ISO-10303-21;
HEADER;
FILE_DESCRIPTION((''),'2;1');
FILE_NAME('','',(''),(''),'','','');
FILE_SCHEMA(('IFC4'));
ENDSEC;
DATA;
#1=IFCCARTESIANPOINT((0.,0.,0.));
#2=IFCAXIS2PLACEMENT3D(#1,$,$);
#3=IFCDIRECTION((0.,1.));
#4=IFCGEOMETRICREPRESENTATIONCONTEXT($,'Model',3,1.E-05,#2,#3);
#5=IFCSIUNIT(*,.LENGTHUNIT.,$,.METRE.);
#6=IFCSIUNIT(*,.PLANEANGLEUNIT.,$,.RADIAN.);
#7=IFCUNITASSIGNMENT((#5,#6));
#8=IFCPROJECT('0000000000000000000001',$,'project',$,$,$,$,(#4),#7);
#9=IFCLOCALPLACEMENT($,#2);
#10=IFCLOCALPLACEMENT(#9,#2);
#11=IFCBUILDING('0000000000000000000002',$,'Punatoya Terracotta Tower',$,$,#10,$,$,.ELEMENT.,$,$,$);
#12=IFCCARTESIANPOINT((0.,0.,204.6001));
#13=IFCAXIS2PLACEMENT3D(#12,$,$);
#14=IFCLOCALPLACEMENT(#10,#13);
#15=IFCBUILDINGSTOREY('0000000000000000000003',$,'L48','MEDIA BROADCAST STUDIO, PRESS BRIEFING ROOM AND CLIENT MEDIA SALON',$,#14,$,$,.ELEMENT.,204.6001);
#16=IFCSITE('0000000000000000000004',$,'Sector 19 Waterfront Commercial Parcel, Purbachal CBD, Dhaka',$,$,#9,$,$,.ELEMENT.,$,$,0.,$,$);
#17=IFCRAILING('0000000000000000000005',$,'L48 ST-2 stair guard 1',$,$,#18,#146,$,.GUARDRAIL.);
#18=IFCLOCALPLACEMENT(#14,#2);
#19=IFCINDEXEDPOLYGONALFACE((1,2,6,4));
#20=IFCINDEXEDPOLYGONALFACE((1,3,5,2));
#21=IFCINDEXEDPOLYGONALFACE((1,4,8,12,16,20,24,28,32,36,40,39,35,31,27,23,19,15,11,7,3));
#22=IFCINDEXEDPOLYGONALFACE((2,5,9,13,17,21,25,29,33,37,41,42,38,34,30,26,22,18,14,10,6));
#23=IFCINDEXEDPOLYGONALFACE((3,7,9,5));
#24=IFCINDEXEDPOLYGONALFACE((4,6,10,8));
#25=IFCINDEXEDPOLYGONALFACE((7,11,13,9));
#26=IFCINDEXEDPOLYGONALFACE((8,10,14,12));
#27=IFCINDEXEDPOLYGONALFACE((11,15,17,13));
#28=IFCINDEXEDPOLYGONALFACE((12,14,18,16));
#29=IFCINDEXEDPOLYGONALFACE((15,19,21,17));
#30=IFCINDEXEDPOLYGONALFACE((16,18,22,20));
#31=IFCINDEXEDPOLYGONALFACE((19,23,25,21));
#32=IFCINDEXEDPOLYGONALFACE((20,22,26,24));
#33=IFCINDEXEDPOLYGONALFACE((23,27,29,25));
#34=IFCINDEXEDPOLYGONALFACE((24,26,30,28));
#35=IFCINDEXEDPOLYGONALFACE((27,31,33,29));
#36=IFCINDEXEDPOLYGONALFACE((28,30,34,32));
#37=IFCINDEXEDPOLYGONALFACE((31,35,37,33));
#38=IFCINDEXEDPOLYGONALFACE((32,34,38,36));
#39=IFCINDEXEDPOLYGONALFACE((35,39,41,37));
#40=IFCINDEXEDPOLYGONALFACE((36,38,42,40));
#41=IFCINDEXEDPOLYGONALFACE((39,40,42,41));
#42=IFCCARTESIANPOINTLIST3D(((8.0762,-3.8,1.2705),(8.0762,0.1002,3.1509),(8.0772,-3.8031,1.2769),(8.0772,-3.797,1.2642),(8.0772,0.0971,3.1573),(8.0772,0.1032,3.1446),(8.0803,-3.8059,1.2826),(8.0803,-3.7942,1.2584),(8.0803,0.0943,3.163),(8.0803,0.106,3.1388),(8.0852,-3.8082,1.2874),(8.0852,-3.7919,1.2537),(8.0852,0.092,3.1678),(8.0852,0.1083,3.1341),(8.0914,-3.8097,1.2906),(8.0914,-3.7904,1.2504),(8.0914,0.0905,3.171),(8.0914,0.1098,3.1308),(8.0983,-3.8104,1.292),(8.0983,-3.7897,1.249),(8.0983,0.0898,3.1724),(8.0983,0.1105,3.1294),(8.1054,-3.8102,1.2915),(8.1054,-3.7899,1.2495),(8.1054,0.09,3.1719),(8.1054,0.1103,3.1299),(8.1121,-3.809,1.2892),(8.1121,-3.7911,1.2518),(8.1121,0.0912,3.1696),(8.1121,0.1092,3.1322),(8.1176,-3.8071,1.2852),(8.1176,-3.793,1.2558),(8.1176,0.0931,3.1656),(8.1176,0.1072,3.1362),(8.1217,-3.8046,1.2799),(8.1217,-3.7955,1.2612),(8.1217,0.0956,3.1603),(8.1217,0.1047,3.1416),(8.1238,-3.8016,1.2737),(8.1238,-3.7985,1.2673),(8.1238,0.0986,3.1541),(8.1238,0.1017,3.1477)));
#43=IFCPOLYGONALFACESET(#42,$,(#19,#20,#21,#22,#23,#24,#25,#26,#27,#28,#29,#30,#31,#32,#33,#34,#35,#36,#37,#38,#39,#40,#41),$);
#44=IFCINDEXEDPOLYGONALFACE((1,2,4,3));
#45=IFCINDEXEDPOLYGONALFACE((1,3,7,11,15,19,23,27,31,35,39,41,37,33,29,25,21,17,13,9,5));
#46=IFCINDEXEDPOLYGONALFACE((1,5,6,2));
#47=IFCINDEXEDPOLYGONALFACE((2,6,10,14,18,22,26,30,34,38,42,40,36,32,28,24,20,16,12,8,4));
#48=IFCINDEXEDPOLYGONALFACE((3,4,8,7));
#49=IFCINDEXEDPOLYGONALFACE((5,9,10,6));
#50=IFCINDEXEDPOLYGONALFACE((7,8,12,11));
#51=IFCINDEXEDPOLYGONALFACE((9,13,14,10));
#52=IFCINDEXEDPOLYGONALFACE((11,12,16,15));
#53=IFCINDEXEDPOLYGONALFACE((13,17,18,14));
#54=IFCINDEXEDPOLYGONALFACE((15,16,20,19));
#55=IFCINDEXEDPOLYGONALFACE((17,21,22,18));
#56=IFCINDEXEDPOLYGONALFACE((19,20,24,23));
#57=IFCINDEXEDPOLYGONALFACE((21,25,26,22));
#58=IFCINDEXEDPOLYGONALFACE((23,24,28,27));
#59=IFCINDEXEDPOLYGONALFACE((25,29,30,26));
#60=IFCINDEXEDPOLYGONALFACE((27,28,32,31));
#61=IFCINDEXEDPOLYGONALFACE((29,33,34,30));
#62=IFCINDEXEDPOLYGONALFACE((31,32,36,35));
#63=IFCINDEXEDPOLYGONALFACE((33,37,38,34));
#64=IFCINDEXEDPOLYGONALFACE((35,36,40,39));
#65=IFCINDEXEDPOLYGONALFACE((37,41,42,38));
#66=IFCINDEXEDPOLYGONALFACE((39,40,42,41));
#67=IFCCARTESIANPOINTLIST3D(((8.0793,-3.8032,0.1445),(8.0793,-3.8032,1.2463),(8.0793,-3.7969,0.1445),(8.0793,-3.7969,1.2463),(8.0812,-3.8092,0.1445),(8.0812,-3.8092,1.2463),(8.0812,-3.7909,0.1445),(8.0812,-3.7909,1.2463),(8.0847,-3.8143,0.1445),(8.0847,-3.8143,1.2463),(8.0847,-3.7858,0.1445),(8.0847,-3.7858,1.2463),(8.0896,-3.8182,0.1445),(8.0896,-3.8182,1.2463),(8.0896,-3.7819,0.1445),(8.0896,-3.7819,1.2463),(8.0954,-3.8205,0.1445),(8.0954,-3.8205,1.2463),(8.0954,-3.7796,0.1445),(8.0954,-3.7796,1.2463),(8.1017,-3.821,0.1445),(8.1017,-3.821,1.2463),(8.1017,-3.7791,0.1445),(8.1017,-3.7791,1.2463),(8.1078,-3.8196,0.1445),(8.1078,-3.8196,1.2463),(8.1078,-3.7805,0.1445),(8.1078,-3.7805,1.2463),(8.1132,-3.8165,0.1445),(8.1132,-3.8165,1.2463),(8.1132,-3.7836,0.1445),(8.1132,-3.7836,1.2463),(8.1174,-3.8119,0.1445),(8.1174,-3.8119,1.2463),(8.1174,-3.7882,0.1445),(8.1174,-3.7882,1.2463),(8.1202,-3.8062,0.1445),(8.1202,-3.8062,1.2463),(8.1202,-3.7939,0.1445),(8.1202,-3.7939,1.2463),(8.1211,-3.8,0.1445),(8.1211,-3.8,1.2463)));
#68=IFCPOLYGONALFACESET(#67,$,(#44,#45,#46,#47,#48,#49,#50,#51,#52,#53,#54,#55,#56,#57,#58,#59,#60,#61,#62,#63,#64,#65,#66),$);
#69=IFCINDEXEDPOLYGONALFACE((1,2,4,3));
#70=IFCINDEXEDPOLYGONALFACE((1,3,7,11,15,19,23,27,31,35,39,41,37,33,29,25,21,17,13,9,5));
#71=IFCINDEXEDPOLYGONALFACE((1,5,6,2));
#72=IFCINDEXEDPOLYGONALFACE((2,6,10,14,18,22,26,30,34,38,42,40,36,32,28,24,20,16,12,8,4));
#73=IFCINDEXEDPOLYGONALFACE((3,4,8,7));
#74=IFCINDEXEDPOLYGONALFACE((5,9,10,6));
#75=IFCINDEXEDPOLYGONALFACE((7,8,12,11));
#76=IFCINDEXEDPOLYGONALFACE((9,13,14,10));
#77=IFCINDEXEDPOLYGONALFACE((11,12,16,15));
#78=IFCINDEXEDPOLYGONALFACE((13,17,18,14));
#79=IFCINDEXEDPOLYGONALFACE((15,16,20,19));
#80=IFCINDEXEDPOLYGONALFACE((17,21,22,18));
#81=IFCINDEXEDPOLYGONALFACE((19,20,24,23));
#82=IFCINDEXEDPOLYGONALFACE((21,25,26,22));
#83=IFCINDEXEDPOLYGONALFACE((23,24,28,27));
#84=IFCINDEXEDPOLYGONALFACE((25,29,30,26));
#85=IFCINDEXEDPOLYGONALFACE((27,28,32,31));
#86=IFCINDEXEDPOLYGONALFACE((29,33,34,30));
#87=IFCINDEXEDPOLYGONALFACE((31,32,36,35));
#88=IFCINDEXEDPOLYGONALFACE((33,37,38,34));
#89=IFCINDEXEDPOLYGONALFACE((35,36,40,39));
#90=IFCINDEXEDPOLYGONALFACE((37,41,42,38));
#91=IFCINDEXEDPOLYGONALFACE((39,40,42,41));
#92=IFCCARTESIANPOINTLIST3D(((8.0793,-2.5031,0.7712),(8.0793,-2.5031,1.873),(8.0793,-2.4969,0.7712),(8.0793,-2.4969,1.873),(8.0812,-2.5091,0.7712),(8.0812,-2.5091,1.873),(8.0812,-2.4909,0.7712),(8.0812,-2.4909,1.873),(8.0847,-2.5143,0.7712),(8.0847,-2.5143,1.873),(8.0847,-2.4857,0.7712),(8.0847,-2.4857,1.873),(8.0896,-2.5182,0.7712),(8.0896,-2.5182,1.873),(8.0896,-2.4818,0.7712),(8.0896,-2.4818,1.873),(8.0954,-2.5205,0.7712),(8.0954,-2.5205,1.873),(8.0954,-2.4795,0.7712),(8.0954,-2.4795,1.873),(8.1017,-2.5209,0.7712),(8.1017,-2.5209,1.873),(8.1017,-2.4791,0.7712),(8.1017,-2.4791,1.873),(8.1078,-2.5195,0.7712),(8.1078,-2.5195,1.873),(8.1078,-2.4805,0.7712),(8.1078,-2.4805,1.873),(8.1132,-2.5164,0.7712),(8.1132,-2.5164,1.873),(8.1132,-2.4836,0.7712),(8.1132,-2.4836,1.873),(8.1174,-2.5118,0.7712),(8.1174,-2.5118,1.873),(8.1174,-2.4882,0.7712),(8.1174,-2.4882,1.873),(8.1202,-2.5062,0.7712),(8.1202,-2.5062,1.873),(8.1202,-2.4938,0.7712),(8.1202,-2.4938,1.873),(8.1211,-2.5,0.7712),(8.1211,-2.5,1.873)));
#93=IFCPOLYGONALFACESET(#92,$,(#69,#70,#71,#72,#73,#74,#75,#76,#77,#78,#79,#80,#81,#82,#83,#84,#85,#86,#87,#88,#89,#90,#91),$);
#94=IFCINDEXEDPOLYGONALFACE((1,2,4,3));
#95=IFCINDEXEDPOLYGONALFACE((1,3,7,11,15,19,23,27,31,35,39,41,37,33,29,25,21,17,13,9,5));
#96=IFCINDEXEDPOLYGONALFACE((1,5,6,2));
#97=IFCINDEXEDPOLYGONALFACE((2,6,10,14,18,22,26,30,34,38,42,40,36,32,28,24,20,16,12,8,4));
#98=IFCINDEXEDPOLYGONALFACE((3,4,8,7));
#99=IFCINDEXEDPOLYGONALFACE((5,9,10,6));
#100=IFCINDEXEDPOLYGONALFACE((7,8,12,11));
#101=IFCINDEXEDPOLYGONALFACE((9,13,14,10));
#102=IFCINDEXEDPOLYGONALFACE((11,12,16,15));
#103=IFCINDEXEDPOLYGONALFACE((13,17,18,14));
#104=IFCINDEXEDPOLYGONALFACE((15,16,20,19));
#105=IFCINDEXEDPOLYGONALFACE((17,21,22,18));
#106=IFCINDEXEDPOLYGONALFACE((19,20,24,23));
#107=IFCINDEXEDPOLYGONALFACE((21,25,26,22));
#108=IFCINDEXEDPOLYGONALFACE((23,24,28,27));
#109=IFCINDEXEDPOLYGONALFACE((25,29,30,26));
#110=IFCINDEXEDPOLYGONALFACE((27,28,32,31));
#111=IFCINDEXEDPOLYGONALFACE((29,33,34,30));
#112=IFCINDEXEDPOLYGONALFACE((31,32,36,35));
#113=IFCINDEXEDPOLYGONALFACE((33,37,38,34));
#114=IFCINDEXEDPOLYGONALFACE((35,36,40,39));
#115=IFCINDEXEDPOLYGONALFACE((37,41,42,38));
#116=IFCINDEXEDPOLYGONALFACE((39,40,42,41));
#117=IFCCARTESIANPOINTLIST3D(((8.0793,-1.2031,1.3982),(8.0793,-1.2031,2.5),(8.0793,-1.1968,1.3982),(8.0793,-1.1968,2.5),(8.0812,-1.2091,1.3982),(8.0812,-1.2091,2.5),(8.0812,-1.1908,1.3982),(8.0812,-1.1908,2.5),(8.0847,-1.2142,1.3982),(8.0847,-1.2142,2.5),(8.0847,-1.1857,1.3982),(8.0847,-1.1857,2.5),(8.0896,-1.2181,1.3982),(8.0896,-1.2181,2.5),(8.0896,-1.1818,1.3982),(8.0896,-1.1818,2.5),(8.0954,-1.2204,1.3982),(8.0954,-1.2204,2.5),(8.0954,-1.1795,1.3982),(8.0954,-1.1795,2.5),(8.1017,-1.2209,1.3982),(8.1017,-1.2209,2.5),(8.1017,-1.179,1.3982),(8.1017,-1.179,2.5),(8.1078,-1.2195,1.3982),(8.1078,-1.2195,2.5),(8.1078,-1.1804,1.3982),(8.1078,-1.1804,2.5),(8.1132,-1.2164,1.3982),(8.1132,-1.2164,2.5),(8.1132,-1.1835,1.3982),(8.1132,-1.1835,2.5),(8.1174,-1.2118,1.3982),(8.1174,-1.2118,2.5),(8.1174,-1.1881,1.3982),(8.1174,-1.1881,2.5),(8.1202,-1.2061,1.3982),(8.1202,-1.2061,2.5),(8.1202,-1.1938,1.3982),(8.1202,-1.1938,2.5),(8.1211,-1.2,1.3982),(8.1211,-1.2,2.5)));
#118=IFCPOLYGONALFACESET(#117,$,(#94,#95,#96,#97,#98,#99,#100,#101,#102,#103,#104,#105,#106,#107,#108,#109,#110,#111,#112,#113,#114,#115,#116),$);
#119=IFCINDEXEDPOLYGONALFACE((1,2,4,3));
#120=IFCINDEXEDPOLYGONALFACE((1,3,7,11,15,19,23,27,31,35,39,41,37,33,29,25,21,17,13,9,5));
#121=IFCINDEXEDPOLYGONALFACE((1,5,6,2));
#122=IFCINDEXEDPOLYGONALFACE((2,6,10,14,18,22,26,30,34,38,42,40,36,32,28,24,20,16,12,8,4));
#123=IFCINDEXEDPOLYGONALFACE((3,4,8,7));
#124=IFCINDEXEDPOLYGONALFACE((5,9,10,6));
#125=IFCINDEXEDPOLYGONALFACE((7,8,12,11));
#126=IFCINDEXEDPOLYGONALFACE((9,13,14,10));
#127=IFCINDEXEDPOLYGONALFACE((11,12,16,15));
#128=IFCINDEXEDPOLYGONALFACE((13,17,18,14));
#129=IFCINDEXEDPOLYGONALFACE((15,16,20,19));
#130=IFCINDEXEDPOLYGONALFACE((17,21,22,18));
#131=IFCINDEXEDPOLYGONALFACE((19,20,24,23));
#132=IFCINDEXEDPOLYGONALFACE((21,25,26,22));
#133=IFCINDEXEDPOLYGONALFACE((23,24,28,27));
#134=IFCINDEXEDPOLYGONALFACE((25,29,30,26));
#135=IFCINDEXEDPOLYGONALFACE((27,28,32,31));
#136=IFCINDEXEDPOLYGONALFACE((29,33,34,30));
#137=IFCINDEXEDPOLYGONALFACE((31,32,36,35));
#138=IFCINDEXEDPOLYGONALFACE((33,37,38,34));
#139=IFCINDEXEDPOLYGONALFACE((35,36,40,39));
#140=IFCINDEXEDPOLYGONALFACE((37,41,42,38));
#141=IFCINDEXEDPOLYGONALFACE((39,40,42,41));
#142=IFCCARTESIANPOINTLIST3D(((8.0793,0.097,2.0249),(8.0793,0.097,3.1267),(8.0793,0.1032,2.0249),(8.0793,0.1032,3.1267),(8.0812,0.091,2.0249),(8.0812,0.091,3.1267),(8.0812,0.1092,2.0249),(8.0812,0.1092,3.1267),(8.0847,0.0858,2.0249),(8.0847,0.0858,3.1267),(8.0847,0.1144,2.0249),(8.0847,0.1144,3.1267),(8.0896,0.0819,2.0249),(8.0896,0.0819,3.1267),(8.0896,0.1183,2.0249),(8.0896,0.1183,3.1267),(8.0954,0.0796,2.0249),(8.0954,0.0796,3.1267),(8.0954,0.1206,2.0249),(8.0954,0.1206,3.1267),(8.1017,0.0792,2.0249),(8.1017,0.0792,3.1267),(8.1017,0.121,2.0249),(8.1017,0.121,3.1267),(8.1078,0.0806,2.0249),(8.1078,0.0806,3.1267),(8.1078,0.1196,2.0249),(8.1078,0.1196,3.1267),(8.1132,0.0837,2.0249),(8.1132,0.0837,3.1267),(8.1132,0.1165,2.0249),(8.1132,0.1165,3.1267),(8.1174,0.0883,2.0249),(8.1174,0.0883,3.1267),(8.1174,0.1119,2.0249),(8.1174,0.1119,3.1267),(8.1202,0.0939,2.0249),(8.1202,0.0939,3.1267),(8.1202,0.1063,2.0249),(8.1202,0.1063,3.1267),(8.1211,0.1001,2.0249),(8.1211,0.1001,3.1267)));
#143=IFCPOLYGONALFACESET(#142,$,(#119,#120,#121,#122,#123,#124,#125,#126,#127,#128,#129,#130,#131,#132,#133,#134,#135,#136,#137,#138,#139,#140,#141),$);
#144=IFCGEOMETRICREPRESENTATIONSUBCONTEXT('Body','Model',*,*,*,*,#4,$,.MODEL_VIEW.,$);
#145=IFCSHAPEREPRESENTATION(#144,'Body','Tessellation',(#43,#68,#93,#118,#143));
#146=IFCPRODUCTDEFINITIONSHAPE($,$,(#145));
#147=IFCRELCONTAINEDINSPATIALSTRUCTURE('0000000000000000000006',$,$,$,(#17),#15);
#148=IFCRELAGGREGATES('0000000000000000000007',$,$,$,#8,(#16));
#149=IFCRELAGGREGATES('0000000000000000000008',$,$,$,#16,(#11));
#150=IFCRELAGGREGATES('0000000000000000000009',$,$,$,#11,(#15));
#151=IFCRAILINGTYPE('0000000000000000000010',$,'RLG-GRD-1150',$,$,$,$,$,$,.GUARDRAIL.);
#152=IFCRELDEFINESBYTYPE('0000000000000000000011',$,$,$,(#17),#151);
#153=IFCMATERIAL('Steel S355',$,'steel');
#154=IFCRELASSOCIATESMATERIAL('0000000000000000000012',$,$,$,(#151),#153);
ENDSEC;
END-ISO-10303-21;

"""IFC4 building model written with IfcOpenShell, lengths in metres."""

from ifc_helpers import new_model, si_unit, direction, frame, origin, origin_2d, place, context, subcontext, project, spatial, circle, extrude, material, type_object, element, save


model = new_model("IFC4")

# Units and contexts
model_context = context("Model", 3, precision=1e-05, world=origin(), true_north=direction((0.0, 1.0)))
body_context = subcontext(model_context, "Body", "Model", "MODEL_VIEW")
ifc_project = project(units=[si_unit("LENGTHUNIT", "METRE"), si_unit("PLANEANGLEUNIT", "RADIAN")], contexts=[model_context])

# Site, building, storey
site_placement = place(None, origin())
site = spatial("IfcSite", under=ifc_project, at=site_placement, Name="Sector 19 Waterfront Commercial Parcel, Purbachal CBD, Dhaka", CompositionType="ELEMENT", RefElevation=0.0)
building_placement = place(site_placement, origin())
building = spatial("IfcBuilding", under=site, at=building_placement, Name="Punatoya Terracotta Tower", CompositionType="ELEMENT")
storey_placement = place(building_placement, frame((0.0, 0.0, 204.6001)))
storey = spatial("IfcBuildingStorey", under=building, at=storey_placement, Name="L48", Description="MEDIA BROADCAST STUDIO, PRESS BRIEFING ROOM AND CLIENT MEDIA SALON", CompositionType="ELEMENT", Elevation=204.6001)

# Railing
ifc_material_1 = material(Name="Steel S355", Category="steel")
railing_type_1 = type_object("IfcRailingType", Name="RLG-GRD-1150", PredefinedType="GUARDRAIL", material=ifc_material_1)
railing_1_placement = place(storey_placement, frame((8.1001, -3.8, 0.1445)))
element("IfcRailing", 1, at=railing_1_placement, inside=storey, type_object=railing_type_1, Name="L48 ST-2 stair guard 1", PredefinedType="GUARDRAIL", context=body_context, shape_type="SweptSolid", body=[
    extrude(circle(Radius=0.0239, at=origin_2d()), frame((0.0, 0.0, 1.126), z_axis=(0.0, 0.900774, 0.434289), x_axis=(-1.0, 0.0, 0.0)), (0.0, 0.0, 1.0), 4.3298),
    extrude(circle(Radius=0.021, at=origin_2d()), origin(), (0.0, 0.0, 1.0), 1.1018),
    extrude(circle(Radius=0.021, at=origin_2d()), frame((0.0, 1.3, 0.6267)), (0.0, 0.0, 1.0), 1.1018),
    extrude(circle(Radius=0.021, at=origin_2d()), frame((0.0, 2.6001, 1.2537)), (0.0, 0.0, 1.0), 1.1018),
    extrude(circle(Radius=0.021, at=origin_2d()), frame((0.0, 3.9001, 1.8804)), (0.0, 0.0, 1.0), 1.1018),
])

save(model, "model.ifc")
